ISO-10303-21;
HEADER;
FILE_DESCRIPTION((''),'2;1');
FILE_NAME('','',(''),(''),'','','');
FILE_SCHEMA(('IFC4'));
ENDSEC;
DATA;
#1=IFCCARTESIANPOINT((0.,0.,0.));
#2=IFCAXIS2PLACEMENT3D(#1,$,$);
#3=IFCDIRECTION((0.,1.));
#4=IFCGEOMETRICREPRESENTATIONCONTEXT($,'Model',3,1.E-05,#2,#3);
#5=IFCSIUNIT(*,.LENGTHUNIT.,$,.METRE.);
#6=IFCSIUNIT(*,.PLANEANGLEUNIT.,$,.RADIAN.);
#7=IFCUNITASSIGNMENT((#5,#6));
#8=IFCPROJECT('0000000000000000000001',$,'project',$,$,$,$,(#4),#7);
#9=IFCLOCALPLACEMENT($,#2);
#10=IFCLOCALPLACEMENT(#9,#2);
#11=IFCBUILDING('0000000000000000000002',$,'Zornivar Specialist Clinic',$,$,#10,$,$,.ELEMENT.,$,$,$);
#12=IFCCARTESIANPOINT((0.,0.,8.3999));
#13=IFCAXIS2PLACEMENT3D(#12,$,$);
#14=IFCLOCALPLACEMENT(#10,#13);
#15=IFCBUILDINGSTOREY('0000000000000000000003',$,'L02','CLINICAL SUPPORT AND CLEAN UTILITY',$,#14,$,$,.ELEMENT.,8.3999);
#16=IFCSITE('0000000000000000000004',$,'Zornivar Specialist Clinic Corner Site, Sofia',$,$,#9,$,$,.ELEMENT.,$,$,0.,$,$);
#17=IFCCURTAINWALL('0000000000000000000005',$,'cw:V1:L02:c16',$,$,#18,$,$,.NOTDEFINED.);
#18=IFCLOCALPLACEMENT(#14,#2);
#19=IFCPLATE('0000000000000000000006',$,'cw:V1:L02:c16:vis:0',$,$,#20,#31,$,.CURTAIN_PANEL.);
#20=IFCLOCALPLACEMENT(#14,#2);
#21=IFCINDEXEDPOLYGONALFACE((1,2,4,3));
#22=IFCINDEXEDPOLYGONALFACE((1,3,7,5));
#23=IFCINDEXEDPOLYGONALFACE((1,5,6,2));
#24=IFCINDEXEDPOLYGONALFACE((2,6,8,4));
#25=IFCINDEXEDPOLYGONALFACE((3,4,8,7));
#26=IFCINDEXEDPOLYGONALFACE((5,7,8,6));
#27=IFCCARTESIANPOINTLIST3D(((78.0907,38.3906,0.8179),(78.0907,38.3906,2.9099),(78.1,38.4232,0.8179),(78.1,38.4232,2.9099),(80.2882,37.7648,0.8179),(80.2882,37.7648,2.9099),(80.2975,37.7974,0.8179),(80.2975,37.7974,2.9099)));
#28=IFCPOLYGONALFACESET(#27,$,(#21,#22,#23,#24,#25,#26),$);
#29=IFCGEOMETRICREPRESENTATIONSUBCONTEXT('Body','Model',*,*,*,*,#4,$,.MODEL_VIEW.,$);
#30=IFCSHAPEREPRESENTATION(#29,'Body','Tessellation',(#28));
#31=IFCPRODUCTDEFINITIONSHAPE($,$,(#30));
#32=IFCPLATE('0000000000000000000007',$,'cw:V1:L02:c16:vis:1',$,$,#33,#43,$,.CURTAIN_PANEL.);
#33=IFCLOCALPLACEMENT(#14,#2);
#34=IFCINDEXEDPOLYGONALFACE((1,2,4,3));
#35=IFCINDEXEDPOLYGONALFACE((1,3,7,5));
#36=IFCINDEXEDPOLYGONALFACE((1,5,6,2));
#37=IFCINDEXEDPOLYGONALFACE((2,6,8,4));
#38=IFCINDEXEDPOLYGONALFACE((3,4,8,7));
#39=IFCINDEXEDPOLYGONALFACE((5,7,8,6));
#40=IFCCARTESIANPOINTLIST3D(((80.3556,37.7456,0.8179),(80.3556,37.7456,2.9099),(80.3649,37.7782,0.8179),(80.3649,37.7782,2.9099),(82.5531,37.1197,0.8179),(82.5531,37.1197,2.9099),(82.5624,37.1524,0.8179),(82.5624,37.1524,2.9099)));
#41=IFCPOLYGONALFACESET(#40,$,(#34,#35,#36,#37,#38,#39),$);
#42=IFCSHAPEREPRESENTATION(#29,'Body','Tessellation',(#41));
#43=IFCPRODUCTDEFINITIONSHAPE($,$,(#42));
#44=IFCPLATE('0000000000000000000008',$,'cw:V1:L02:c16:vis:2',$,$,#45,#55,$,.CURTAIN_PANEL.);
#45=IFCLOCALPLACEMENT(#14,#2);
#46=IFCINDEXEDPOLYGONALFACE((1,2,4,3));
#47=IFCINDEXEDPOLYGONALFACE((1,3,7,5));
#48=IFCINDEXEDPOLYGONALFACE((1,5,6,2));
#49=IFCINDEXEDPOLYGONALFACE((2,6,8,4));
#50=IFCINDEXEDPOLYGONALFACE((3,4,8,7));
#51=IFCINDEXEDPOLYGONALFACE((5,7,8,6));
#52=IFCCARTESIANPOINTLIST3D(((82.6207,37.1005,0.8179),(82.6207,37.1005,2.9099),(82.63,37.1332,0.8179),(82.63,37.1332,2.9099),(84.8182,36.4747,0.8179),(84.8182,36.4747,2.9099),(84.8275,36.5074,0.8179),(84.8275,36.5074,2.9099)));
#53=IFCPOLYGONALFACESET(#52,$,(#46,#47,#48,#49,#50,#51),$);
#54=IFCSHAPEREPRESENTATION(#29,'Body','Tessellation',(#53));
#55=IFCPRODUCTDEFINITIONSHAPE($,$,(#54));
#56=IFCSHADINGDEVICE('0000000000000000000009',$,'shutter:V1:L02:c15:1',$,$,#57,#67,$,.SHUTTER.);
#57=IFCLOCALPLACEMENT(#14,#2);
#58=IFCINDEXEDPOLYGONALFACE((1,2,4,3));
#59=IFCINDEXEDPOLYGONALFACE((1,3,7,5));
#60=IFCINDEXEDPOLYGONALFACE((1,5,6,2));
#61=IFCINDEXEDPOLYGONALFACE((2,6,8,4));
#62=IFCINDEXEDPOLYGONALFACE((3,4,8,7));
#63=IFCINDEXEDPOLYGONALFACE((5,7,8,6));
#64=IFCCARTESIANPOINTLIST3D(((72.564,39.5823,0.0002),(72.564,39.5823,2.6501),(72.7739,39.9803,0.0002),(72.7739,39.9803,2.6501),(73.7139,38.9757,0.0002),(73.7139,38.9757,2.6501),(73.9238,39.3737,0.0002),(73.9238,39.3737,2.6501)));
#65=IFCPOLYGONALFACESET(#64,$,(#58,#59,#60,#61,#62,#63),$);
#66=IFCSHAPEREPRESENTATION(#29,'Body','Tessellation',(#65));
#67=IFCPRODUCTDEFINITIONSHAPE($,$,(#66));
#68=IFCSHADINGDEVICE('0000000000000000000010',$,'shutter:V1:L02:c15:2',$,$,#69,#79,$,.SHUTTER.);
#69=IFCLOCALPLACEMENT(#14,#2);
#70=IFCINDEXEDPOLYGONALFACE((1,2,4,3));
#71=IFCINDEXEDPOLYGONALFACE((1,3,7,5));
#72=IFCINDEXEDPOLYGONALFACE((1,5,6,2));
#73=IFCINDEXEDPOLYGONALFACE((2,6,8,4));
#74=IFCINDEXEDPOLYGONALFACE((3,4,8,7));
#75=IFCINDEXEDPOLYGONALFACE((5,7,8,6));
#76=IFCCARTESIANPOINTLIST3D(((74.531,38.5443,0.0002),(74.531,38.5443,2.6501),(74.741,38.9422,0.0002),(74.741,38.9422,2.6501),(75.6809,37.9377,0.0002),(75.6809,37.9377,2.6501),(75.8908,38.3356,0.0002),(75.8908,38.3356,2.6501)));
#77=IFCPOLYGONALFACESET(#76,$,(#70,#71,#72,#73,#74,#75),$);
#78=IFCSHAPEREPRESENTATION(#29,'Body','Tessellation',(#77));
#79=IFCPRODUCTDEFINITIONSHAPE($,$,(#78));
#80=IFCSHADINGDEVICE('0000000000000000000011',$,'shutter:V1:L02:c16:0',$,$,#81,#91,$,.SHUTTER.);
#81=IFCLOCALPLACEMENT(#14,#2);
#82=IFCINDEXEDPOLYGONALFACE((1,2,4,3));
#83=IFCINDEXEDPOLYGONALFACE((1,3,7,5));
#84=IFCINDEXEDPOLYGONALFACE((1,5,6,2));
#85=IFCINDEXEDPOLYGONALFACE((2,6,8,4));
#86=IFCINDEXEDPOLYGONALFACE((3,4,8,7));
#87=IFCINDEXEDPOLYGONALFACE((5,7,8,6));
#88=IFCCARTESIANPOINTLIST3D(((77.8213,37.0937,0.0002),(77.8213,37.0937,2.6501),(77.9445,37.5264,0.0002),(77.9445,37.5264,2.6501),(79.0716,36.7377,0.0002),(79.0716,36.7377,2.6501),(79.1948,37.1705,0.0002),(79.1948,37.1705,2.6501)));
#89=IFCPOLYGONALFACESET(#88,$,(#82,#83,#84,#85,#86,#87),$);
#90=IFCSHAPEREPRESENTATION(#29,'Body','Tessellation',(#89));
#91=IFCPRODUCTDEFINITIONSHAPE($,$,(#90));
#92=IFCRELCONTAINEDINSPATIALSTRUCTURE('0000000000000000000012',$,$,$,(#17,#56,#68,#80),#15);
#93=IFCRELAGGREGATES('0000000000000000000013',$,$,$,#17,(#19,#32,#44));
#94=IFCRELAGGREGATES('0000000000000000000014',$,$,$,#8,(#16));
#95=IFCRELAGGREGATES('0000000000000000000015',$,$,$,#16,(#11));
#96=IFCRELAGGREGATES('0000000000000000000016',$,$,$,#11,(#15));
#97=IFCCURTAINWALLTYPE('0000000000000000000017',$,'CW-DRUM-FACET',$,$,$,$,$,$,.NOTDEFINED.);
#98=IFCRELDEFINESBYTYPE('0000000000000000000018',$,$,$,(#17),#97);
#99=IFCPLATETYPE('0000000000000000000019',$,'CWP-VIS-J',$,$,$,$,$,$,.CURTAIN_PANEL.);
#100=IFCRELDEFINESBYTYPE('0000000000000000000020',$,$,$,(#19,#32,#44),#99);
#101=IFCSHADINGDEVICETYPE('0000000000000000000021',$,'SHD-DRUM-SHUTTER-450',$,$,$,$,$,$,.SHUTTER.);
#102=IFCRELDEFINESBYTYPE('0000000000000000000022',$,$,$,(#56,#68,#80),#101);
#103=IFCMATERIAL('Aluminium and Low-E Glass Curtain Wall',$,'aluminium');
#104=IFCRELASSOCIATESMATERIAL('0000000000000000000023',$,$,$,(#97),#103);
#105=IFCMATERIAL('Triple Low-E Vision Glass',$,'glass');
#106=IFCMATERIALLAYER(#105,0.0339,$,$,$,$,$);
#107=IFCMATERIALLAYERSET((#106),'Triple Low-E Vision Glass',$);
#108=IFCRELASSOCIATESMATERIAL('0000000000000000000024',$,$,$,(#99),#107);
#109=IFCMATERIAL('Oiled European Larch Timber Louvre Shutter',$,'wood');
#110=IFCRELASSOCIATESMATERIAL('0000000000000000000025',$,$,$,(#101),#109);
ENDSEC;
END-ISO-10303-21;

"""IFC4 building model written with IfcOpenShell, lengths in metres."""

from ifc_helpers import new_model, si_unit, direction, frame, origin, origin_2d, place, context, subcontext, project, spatial, rectangle, extrude, material, layer, layer_set, type_object, element, aggregate, save


model = new_model("IFC4")

# Units and contexts
model_context = context("Model", 3, precision=1e-05, world=origin(), true_north=direction((0.0, 1.0)))
body_context = subcontext(model_context, "Body", "Model", "MODEL_VIEW")
ifc_project = project(units=[si_unit("LENGTHUNIT", "METRE"), si_unit("PLANEANGLEUNIT", "RADIAN")], contexts=[model_context])

# Site, building, storey
site_placement = place(None, origin())
site = spatial("IfcSite", under=ifc_project, at=site_placement, Name="Zornivar Specialist Clinic Corner Site, Sofia", CompositionType="ELEMENT", RefElevation=0.0)
building_placement = place(site_placement, origin())
building = spatial("IfcBuilding", under=site, at=building_placement, Name="Zornivar Specialist Clinic", CompositionType="ELEMENT")
storey_placement = place(building_placement, frame((0.0, 0.0, 8.3999)))
storey = spatial("IfcBuildingStorey", under=building, at=storey_placement, Name="L02", Description="CLINICAL SUPPORT AND CLEAN UTILITY", CompositionType="ELEMENT", Elevation=8.3999)

# Curtain wall
ifc_material_1 = material(Name="Aluminium and Low-E Glass Curtain Wall", Category="aluminium")
curtain_wall_type = type_object("IfcCurtainWallType", Name="CW-DRUM-FACET", PredefinedType="NOTDEFINED", material=ifc_material_1)
curtain_wall_1_placement = place(storey_placement, origin())
curtain_wall_1 = element("IfcCurtainWall", 1, at=curtain_wall_1_placement, inside=storey, type_object=curtain_wall_type, Name="cw:V1:L02:c16", PredefinedType="NOTDEFINED")

# Plates
ifc_material_2 = material(Name="Triple Low-E Vision Glass", Category="glass")
ifc_layer_1 = layer(ifc_material_2, 0.0339)
ifc_layer_set_1 = layer_set([ifc_layer_1], Name="Triple Low-E Vision Glass")
plate_type_1 = type_object("IfcPlateType", Name="CWP-VIS-J", PredefinedType="CURTAIN_PANEL", material=ifc_layer_set_1)
plate_1_placement = place(storey_placement, frame((79.1941, 38.094, 0.8179), z_axis=(0.0, 0.0, 1.0), x_axis=(0.961761, -0.273889, 0.0)))
plate_1 = element("IfcPlate", 2, at=plate_1_placement, type_object=plate_type_1, Name="cw:V1:L02:c16:vis:0", PredefinedType="CURTAIN_PANEL", context=body_context, shape_type="SweptSolid", body=[
    extrude(rectangle(XDim=2.2849, YDim=0.0339, at=origin_2d()), origin(), (0.0, 0.0, 1.0), 2.092),
])
plate_2_placement = place(storey_placement, frame((81.459, 37.449, 0.8179), z_axis=(0.0, 0.0, 1.0), x_axis=(0.961761, -0.273889, 0.0)))
plate_2 = element("IfcPlate", 3, at=plate_2_placement, type_object=plate_type_1, Name="cw:V1:L02:c16:vis:1", PredefinedType="CURTAIN_PANEL", context=body_context, shape_type="SweptSolid", body=[
    extrude(rectangle(XDim=2.2849, YDim=0.0339, at=origin_2d()), origin(), (0.0, 0.0, 1.0), 2.092),
])
plate_3_placement = place(storey_placement, frame((83.7241, 36.804, 0.8179), z_axis=(0.0, 0.0, 1.0), x_axis=(0.961761, -0.273889, 0.0)))
plate_3 = element("IfcPlate", 4, at=plate_3_placement, type_object=plate_type_1, Name="cw:V1:L02:c16:vis:2", PredefinedType="CURTAIN_PANEL", context=body_context, shape_type="SweptSolid", body=[
    extrude(rectangle(XDim=2.2849, YDim=0.0339, at=origin_2d()), origin(), (0.0, 0.0, 1.0), 2.092),
])
aggregate(curtain_wall_1, [plate_1, plate_2, plate_3])

# Shading devices
ifc_material_3 = material(Name="Oiled European Larch Timber Louvre Shutter", Category="wood")
shading_device_type = type_object("IfcShadingDeviceType", Name="SHD-DRUM-SHUTTER-450", PredefinedType="SHUTTER", material=ifc_material_3)
for number, where, z_axis, x_axis, name in (
    (5, (73.2439, 39.478, 0.0002), (0.0, 0.0, 1.0), (0.88447, -0.466597, 0.0), "shutter:V1:L02:c15:1"),
    (6, (75.2109, 38.4399, 0.0002), (0.0, 0.0, 1.0), (0.88447, -0.466597, 0.0), "shutter:V1:L02:c15:2"),
    (7, (78.5081, 37.1321, 0.0002), (0.0, 0.0, 1.0), (0.961785, -0.273805, 0.0), "shutter:V1:L02:c16:0"),
):
    element("IfcShadingDevice", number, at=place(storey_placement, frame(where, z_axis=z_axis, x_axis=x_axis)), inside=storey, type_object=shading_device_type, Name=name, PredefinedType="SHUTTER", context=body_context, shape_type="SweptSolid", body=[
        extrude(rectangle(XDim=1.3, YDim=0.45, at=origin_2d()), origin(), (0.0, 0.0, 1.0), 2.6499),
    ])

save(model, "model.ifc")
